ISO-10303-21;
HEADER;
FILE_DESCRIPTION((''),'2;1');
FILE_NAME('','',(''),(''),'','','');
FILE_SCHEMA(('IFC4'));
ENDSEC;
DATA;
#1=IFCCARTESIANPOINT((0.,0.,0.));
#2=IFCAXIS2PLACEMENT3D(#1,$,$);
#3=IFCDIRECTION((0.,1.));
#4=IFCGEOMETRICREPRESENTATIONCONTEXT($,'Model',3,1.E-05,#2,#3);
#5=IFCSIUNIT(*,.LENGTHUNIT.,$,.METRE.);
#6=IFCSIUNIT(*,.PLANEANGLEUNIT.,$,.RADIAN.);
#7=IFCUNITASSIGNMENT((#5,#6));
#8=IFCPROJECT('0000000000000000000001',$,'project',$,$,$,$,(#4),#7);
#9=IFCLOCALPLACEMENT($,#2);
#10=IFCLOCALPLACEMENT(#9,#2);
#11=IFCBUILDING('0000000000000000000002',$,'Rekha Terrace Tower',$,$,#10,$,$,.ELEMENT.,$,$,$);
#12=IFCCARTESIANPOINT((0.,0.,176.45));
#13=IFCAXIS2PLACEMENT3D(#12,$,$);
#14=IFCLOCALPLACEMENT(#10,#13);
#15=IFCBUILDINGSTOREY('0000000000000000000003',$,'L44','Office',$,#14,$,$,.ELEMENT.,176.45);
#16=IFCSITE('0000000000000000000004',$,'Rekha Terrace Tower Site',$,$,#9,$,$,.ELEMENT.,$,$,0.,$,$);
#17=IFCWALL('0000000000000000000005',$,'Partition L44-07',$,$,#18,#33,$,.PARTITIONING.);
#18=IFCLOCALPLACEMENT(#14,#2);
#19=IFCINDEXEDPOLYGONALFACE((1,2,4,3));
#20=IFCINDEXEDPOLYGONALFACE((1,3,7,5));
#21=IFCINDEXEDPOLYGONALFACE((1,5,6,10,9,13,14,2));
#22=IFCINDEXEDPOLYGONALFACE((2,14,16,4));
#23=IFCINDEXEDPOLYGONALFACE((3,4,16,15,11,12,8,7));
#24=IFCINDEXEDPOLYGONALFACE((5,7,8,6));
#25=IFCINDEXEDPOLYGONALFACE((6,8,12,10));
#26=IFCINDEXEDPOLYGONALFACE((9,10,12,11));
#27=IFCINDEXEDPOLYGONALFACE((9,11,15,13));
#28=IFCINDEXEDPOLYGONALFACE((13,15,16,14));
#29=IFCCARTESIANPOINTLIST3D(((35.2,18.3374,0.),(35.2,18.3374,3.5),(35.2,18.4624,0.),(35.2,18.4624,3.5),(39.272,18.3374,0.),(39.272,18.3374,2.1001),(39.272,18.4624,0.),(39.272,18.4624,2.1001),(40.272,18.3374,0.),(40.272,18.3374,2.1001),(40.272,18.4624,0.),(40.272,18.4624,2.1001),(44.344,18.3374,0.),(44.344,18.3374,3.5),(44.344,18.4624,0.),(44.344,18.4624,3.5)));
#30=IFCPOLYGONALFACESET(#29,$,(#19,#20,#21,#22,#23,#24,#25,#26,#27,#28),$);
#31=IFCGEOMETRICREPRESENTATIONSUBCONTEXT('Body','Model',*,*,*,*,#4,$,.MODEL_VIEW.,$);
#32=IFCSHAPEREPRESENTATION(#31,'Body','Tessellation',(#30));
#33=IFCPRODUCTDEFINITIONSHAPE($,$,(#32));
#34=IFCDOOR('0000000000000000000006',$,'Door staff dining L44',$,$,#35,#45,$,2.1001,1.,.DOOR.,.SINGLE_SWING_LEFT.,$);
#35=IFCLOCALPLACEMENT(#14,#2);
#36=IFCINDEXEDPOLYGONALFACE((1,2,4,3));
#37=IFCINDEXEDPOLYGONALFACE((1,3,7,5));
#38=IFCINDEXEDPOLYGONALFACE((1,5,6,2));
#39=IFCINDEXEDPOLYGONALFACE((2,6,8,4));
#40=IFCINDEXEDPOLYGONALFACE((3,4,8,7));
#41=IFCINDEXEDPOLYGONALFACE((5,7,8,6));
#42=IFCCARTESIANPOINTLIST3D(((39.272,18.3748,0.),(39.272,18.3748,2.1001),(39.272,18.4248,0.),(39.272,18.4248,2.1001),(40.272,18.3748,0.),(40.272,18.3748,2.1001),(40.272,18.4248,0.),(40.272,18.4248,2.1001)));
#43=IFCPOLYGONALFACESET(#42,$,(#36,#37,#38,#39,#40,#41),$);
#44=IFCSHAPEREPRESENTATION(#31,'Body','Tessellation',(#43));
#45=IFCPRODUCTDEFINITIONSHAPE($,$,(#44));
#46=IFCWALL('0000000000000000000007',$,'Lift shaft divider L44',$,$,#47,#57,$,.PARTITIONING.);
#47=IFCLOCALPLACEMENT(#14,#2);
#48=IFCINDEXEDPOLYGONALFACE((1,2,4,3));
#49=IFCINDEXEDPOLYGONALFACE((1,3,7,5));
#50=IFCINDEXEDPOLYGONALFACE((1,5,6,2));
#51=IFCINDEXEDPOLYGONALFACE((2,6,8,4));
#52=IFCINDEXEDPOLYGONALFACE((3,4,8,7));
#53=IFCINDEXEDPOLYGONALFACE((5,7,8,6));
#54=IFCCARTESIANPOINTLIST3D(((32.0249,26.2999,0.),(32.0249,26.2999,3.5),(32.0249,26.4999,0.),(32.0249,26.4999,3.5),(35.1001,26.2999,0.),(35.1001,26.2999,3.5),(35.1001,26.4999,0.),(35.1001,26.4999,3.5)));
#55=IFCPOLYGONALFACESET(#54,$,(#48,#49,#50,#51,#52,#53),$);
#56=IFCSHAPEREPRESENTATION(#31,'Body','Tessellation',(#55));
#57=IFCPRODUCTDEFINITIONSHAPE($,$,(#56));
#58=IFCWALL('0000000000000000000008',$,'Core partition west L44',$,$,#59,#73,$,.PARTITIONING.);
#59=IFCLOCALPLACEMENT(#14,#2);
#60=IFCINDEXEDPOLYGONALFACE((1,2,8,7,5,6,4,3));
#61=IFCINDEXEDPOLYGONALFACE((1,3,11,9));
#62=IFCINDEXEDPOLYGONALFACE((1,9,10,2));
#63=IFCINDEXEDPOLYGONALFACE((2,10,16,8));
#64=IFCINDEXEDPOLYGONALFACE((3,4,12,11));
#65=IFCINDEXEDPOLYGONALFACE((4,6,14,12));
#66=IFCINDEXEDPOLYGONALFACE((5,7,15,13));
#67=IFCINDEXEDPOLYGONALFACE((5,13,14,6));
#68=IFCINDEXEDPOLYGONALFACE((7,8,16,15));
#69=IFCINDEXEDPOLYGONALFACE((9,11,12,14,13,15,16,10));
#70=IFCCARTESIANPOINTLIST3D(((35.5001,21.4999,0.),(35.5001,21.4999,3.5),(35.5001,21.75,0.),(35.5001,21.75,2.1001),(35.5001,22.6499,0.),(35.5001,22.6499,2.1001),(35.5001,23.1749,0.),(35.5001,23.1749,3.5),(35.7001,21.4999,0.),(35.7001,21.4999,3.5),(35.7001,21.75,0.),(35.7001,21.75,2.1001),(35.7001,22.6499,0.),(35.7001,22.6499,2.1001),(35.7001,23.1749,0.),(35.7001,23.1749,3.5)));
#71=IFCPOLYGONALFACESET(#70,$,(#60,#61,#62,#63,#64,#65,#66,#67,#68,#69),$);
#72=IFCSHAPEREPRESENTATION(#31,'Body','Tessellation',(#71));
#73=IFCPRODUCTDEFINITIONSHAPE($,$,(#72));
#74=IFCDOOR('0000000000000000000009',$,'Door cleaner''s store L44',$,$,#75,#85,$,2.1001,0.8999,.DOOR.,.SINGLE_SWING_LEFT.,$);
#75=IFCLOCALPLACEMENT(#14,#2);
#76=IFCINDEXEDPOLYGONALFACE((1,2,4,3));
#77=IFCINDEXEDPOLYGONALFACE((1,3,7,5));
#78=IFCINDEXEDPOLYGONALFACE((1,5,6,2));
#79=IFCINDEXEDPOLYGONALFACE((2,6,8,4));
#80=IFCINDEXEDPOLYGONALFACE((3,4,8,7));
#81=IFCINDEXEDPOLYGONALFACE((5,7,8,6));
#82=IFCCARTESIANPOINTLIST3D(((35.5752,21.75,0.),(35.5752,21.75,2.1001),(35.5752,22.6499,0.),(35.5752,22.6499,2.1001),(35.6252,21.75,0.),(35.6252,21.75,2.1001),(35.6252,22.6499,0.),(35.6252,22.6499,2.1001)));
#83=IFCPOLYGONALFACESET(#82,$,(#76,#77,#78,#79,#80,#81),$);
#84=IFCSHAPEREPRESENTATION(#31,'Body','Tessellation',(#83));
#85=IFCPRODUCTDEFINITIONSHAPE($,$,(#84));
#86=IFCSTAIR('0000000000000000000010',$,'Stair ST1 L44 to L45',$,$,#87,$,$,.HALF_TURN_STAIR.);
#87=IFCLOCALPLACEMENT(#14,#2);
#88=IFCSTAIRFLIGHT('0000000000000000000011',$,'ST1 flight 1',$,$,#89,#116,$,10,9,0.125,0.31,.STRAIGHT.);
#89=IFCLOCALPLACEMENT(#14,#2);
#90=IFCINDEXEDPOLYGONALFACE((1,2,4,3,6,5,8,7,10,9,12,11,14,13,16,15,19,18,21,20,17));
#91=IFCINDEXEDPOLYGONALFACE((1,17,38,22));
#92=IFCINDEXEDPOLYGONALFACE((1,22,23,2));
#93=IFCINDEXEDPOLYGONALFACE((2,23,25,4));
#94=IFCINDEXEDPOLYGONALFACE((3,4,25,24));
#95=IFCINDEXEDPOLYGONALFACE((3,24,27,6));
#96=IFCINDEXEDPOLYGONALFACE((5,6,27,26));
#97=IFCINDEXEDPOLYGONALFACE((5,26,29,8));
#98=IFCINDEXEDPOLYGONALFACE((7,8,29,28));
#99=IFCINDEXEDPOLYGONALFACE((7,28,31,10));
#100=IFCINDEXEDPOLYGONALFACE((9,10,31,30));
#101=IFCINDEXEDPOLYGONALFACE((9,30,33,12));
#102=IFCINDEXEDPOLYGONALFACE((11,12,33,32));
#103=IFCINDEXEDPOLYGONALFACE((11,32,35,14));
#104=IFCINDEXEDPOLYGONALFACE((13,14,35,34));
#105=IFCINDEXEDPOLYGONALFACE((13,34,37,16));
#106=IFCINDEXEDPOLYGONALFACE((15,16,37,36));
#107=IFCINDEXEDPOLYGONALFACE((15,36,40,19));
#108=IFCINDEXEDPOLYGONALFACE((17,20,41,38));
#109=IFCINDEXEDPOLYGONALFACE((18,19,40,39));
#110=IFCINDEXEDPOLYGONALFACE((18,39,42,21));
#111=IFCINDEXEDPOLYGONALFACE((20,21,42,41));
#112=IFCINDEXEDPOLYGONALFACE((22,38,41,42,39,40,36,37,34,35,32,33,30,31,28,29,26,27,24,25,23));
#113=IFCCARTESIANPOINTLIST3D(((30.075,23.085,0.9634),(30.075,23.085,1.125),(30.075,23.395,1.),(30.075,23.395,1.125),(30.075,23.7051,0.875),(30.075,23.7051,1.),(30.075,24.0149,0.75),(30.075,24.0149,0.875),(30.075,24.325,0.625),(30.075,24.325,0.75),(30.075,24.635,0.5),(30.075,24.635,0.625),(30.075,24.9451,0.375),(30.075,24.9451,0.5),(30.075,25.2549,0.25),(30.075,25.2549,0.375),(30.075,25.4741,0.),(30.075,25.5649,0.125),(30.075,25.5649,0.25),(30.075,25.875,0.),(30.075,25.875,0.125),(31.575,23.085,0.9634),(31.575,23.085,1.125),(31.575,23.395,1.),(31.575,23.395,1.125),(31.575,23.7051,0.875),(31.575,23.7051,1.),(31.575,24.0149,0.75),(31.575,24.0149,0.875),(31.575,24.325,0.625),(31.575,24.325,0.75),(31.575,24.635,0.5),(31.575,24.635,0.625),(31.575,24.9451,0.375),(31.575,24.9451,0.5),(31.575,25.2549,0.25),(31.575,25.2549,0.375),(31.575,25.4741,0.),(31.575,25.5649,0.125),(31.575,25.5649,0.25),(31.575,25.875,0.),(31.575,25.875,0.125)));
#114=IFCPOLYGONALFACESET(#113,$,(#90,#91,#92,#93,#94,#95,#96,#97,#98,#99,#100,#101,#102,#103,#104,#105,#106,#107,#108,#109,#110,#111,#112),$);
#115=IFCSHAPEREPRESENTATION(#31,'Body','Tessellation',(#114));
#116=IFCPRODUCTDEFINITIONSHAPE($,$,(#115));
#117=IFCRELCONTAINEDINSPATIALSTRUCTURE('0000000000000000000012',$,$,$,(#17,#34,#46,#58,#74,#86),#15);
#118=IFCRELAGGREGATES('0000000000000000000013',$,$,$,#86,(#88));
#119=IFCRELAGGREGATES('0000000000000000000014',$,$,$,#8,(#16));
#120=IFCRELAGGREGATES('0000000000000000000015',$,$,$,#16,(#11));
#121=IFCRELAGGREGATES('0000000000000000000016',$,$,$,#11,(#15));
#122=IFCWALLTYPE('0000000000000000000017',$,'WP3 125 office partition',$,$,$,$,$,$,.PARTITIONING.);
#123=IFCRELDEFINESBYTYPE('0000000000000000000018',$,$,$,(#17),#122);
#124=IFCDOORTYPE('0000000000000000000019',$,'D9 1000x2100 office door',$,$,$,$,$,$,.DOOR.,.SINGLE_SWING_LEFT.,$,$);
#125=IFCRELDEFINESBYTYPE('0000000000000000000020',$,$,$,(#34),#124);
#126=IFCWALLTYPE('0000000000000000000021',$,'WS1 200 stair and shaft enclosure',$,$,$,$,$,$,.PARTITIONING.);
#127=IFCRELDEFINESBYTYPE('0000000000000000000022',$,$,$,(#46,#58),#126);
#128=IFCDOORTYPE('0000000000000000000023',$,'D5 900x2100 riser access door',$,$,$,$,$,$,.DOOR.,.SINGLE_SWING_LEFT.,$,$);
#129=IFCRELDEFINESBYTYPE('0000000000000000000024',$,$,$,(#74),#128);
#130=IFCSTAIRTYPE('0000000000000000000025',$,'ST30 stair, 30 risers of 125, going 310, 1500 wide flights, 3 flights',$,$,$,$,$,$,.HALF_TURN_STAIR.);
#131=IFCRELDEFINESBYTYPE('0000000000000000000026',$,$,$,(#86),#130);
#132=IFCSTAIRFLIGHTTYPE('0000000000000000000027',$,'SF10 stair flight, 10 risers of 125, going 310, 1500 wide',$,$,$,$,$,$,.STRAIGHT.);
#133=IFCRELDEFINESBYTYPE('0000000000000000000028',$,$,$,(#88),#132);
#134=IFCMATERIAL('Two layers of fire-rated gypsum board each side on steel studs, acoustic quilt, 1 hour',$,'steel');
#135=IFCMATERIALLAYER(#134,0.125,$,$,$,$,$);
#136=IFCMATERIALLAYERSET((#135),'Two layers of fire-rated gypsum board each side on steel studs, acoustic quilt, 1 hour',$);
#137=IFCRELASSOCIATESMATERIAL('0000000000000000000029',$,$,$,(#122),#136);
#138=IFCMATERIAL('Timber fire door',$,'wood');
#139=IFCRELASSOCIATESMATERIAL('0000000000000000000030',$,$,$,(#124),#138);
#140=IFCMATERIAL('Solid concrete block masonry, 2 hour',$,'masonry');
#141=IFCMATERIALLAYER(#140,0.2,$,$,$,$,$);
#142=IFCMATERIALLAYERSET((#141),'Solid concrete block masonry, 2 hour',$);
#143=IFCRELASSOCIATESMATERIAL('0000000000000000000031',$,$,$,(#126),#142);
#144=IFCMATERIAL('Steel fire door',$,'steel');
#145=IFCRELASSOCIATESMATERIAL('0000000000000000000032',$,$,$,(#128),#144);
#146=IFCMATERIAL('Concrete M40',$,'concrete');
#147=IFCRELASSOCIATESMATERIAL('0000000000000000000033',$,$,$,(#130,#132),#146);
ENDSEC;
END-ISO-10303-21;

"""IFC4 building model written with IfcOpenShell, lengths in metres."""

from ifc_helpers import new_model, si_unit, direction, frame, frame_2d, origin, place, context, subcontext, project, spatial, polyline, rectangle, outline, extrude, material, layer, layer_set, type_object, element, fill, aggregate, save


model = new_model("IFC4")

# Units and contexts
model_context = context("Model", 3, precision=1e-05, world=origin(), true_north=direction((0.0, 1.0)))
body_context = subcontext(model_context, "Body", "Model", "MODEL_VIEW")
ifc_project = project(units=[si_unit("LENGTHUNIT", "METRE"), si_unit("PLANEANGLEUNIT", "RADIAN")], contexts=[model_context])

# Site, building, storey
site_placement = place(None, origin())
site = spatial("IfcSite", under=ifc_project, at=site_placement, Name="Rekha Terrace Tower Site", CompositionType="ELEMENT", RefElevation=0.0)
building_placement = place(site_placement, origin())
building = spatial("IfcBuilding", under=site, at=building_placement, Name="Rekha Terrace Tower", CompositionType="ELEMENT")
storey_placement = place(building_placement, frame((0.0, 0.0, 176.45)))
storey = spatial("IfcBuildingStorey", under=building, at=storey_placement, Name="L44", Description="Office", CompositionType="ELEMENT", Elevation=176.45)

# Shared definitions
ifc_material_1 = material(Name="Two layers of fire-rated gypsum board each side on steel studs, acoustic quilt, 1 hour", Category="steel")
ifc_layer_1 = layer(ifc_material_1, 0.125)
ifc_layer_set_1 = layer_set([ifc_layer_1], Name="Two layers of fire-rated gypsum board each side on steel studs, acoustic quilt, 1 hour")
wall_type_1 = type_object("IfcWallType", Name="WP3 125 office partition", PredefinedType="PARTITIONING", material=ifc_layer_set_1)

# Wall, opening, door
wall_1_placement = place(storey_placement, frame((35.2, 18.3999, 0.0), z_axis=(0.0, 0.0, 1.0), x_axis=(1.0, 0.0, 0.0)))
wall_1 = element("IfcWall", 1, at=wall_1_placement, inside=storey, type_object=wall_type_1, Name="Partition L44-07", PredefinedType="PARTITIONING", context=body_context, shape_type="SweptSolid", body=[
    extrude(rectangle(XDim=9.144, YDim=0.125, at=frame_2d((4.572, 0.0))), origin(), (0.0, 0.0, 1.0), 3.5),
])
opening_1_placement = place(wall_1_placement, frame((4.072, 0.0, 0.0)))
opening_1 = element("IfcOpeningElement", 2, at=opening_1_placement, cuts=wall_1, PredefinedType="OPENING", context=body_context, shape_type="SweptSolid", body=[
    extrude(rectangle(XDim=1.0, YDim=2.1001, at=frame_2d((0.5, 1.05))), frame((0.0, 0.0725, 0.0), z_axis=(0.0, -1.0, 0.0), x_axis=(1.0, 0.0, 0.0)), (0.0, 0.0, 1.0), 0.145),
])
ifc_material_2 = material(Name="Timber fire door", Category="wood")
door_type_1 = type_object("IfcDoorType", Name="D9 1000x2100 office door", OperationType="SINGLE_SWING_LEFT", PredefinedType="DOOR", material=ifc_material_2)
door_1_placement = place(opening_1_placement, origin())
door_1 = element("IfcDoor", 3, at=door_1_placement, inside=storey, type_object=door_type_1, Name="Door staff dining L44", OperationType="SINGLE_SWING_LEFT", OverallHeight=2.1001, OverallWidth=1.0, PredefinedType="DOOR", context=body_context, shape_type="SweptSolid", body=[
    extrude(rectangle(XDim=1.0, YDim=2.1001, at=frame_2d((0.5, 1.05))), frame((0.0, 0.0249, 0.0), z_axis=(0.0, -1.0, 0.0), x_axis=(1.0, 0.0, 0.0)), (0.0, 0.0, 1.0), 0.05),
])
fill(opening_1, door_1)

# Wall
ifc_material_3 = material(Name="Solid concrete block masonry, 2 hour", Category="masonry")
ifc_layer_2 = layer(ifc_material_3, 0.2)
ifc_layer_set_2 = layer_set([ifc_layer_2], Name="Solid concrete block masonry, 2 hour")
wall_type_2 = type_object("IfcWallType", Name="WS1 200 stair and shaft enclosure", PredefinedType="PARTITIONING", material=ifc_layer_set_2)
wall_2_placement = place(storey_placement, frame((32.0249, 26.3999, 0.0), z_axis=(0.0, 0.0, 1.0), x_axis=(1.0, 0.0, 0.0)))
element("IfcWall", 4, at=wall_2_placement, inside=storey, type_object=wall_type_2, Name="Lift shaft divider L44", PredefinedType="PARTITIONING", context=body_context, shape_type="SweptSolid", body=[
    extrude(rectangle(XDim=3.0752, YDim=0.2, at=frame_2d((1.5376, 0.0))), origin(), (0.0, 0.0, 1.0), 3.5),
])

# Wall, opening, door
wall_3_placement = place(storey_placement, frame((35.6001, 21.5, 0.0), z_axis=(0.0, 0.0, 1.0), x_axis=(0.0, 1.0, 0.0)))
wall_3 = element("IfcWall", 5, at=wall_3_placement, inside=storey, type_object=wall_type_2, Name="Core partition west L44", PredefinedType="PARTITIONING", context=body_context, shape_type="SweptSolid", body=[
    extrude(rectangle(XDim=1.675, YDim=0.2, at=frame_2d((0.8374, 0.0))), origin(), (0.0, 0.0, 1.0), 3.5),
])
opening_2_placement = place(wall_3_placement, frame((0.25, 0.0, 0.0)))
opening_2 = element("IfcOpeningElement", 6, at=opening_2_placement, cuts=wall_3, PredefinedType="OPENING", context=body_context, shape_type="SweptSolid", body=[
    extrude(rectangle(XDim=0.8999, YDim=2.1001, at=frame_2d((0.45, 1.05))), frame((0.0, 0.1099, 0.0), z_axis=(0.0, -1.0, 0.0), x_axis=(1.0, 0.0, 0.0)), (0.0, 0.0, 1.0), 0.22),
])
ifc_material_4 = material(Name="Steel fire door", Category="steel")
door_type_2 = type_object("IfcDoorType", Name="D5 900x2100 riser access door", OperationType="SINGLE_SWING_LEFT", PredefinedType="DOOR", material=ifc_material_4)
door_2_placement = place(opening_2_placement, origin())
door_2 = element("IfcDoor", 7, at=door_2_placement, inside=storey, type_object=door_type_2, Name="Door cleaner's store L44", OperationType="SINGLE_SWING_LEFT", OverallHeight=2.1001, OverallWidth=0.8999, PredefinedType="DOOR", context=body_context, shape_type="SweptSolid", body=[
    extrude(rectangle(XDim=0.8999, YDim=2.1001, at=frame_2d((0.45, 1.05))), frame((0.0, 0.0249, 0.0), z_axis=(0.0, -1.0, 0.0), x_axis=(1.0, 0.0, 0.0)), (0.0, 0.0, 1.0), 0.05),
])
fill(opening_2, door_2)

# Stair, stair flight
ifc_material_5 = material(Name="Concrete M40", Category="concrete")
stair_type = type_object("IfcStairType", Name="ST30 stair, 30 risers of 125, going 310, 1500 wide flights, 3 flights", PredefinedType="HALF_TURN_STAIR", material=ifc_material_5)
stair_placement = place(storey_placement, origin())
stair = element("IfcStair", 8, at=stair_placement, inside=storey, type_object=stair_type, Name="Stair ST1 L44 to L45", PredefinedType="HALF_TURN_STAIR")
stair_flight_type = type_object("IfcStairFlightType", Name="SF10 stair flight, 10 risers of 125, going 310, 1500 wide", PredefinedType="STRAIGHT", material=ifc_material_5)
stair_flight_placement = place(storey_placement, frame((30.825, 25.875, 0.0), z_axis=(0.0, 0.0, 1.0), x_axis=(0.0, -1.0, 0.0)))
stair_flight = element("IfcStairFlight", 9, at=stair_flight_placement, type_object=stair_flight_type, Name="ST1 flight 1", NumberOfRisers=10, NumberOfTreads=9, PredefinedType="STRAIGHT", RiserHeight=0.125, TreadLength=0.31, context=body_context, shape_type="SweptSolid", body=[
    extrude(outline(polyline([(0.0, 0.0), (0.0, 0.125), (0.3101, 0.125), (0.3101, 0.25), (0.6201, 0.25), (0.6201, 0.375), (0.9299, 0.375), (0.9299, 0.5), (1.24, 0.5), (1.24, 0.625), (1.55, 0.625), (1.55, 0.75), (1.8601, 0.75), (1.8601, 0.875), (2.1699, 0.875), (2.1699, 1.0), (2.48, 1.0), (2.48, 1.125), (2.79, 1.125), (2.79, 1.25), (2.79, 0.9634), (0.4009, 0.0), (0.0, 0.0)])), frame((0.0, 0.75, 0.0), z_axis=(0.0, -1.0, 0.0), x_axis=(1.0, 0.0, 0.0)), (0.0, 0.0, 1.0), 1.5),
])
aggregate(stair, [stair_flight])

save(model, "model.ifc")
